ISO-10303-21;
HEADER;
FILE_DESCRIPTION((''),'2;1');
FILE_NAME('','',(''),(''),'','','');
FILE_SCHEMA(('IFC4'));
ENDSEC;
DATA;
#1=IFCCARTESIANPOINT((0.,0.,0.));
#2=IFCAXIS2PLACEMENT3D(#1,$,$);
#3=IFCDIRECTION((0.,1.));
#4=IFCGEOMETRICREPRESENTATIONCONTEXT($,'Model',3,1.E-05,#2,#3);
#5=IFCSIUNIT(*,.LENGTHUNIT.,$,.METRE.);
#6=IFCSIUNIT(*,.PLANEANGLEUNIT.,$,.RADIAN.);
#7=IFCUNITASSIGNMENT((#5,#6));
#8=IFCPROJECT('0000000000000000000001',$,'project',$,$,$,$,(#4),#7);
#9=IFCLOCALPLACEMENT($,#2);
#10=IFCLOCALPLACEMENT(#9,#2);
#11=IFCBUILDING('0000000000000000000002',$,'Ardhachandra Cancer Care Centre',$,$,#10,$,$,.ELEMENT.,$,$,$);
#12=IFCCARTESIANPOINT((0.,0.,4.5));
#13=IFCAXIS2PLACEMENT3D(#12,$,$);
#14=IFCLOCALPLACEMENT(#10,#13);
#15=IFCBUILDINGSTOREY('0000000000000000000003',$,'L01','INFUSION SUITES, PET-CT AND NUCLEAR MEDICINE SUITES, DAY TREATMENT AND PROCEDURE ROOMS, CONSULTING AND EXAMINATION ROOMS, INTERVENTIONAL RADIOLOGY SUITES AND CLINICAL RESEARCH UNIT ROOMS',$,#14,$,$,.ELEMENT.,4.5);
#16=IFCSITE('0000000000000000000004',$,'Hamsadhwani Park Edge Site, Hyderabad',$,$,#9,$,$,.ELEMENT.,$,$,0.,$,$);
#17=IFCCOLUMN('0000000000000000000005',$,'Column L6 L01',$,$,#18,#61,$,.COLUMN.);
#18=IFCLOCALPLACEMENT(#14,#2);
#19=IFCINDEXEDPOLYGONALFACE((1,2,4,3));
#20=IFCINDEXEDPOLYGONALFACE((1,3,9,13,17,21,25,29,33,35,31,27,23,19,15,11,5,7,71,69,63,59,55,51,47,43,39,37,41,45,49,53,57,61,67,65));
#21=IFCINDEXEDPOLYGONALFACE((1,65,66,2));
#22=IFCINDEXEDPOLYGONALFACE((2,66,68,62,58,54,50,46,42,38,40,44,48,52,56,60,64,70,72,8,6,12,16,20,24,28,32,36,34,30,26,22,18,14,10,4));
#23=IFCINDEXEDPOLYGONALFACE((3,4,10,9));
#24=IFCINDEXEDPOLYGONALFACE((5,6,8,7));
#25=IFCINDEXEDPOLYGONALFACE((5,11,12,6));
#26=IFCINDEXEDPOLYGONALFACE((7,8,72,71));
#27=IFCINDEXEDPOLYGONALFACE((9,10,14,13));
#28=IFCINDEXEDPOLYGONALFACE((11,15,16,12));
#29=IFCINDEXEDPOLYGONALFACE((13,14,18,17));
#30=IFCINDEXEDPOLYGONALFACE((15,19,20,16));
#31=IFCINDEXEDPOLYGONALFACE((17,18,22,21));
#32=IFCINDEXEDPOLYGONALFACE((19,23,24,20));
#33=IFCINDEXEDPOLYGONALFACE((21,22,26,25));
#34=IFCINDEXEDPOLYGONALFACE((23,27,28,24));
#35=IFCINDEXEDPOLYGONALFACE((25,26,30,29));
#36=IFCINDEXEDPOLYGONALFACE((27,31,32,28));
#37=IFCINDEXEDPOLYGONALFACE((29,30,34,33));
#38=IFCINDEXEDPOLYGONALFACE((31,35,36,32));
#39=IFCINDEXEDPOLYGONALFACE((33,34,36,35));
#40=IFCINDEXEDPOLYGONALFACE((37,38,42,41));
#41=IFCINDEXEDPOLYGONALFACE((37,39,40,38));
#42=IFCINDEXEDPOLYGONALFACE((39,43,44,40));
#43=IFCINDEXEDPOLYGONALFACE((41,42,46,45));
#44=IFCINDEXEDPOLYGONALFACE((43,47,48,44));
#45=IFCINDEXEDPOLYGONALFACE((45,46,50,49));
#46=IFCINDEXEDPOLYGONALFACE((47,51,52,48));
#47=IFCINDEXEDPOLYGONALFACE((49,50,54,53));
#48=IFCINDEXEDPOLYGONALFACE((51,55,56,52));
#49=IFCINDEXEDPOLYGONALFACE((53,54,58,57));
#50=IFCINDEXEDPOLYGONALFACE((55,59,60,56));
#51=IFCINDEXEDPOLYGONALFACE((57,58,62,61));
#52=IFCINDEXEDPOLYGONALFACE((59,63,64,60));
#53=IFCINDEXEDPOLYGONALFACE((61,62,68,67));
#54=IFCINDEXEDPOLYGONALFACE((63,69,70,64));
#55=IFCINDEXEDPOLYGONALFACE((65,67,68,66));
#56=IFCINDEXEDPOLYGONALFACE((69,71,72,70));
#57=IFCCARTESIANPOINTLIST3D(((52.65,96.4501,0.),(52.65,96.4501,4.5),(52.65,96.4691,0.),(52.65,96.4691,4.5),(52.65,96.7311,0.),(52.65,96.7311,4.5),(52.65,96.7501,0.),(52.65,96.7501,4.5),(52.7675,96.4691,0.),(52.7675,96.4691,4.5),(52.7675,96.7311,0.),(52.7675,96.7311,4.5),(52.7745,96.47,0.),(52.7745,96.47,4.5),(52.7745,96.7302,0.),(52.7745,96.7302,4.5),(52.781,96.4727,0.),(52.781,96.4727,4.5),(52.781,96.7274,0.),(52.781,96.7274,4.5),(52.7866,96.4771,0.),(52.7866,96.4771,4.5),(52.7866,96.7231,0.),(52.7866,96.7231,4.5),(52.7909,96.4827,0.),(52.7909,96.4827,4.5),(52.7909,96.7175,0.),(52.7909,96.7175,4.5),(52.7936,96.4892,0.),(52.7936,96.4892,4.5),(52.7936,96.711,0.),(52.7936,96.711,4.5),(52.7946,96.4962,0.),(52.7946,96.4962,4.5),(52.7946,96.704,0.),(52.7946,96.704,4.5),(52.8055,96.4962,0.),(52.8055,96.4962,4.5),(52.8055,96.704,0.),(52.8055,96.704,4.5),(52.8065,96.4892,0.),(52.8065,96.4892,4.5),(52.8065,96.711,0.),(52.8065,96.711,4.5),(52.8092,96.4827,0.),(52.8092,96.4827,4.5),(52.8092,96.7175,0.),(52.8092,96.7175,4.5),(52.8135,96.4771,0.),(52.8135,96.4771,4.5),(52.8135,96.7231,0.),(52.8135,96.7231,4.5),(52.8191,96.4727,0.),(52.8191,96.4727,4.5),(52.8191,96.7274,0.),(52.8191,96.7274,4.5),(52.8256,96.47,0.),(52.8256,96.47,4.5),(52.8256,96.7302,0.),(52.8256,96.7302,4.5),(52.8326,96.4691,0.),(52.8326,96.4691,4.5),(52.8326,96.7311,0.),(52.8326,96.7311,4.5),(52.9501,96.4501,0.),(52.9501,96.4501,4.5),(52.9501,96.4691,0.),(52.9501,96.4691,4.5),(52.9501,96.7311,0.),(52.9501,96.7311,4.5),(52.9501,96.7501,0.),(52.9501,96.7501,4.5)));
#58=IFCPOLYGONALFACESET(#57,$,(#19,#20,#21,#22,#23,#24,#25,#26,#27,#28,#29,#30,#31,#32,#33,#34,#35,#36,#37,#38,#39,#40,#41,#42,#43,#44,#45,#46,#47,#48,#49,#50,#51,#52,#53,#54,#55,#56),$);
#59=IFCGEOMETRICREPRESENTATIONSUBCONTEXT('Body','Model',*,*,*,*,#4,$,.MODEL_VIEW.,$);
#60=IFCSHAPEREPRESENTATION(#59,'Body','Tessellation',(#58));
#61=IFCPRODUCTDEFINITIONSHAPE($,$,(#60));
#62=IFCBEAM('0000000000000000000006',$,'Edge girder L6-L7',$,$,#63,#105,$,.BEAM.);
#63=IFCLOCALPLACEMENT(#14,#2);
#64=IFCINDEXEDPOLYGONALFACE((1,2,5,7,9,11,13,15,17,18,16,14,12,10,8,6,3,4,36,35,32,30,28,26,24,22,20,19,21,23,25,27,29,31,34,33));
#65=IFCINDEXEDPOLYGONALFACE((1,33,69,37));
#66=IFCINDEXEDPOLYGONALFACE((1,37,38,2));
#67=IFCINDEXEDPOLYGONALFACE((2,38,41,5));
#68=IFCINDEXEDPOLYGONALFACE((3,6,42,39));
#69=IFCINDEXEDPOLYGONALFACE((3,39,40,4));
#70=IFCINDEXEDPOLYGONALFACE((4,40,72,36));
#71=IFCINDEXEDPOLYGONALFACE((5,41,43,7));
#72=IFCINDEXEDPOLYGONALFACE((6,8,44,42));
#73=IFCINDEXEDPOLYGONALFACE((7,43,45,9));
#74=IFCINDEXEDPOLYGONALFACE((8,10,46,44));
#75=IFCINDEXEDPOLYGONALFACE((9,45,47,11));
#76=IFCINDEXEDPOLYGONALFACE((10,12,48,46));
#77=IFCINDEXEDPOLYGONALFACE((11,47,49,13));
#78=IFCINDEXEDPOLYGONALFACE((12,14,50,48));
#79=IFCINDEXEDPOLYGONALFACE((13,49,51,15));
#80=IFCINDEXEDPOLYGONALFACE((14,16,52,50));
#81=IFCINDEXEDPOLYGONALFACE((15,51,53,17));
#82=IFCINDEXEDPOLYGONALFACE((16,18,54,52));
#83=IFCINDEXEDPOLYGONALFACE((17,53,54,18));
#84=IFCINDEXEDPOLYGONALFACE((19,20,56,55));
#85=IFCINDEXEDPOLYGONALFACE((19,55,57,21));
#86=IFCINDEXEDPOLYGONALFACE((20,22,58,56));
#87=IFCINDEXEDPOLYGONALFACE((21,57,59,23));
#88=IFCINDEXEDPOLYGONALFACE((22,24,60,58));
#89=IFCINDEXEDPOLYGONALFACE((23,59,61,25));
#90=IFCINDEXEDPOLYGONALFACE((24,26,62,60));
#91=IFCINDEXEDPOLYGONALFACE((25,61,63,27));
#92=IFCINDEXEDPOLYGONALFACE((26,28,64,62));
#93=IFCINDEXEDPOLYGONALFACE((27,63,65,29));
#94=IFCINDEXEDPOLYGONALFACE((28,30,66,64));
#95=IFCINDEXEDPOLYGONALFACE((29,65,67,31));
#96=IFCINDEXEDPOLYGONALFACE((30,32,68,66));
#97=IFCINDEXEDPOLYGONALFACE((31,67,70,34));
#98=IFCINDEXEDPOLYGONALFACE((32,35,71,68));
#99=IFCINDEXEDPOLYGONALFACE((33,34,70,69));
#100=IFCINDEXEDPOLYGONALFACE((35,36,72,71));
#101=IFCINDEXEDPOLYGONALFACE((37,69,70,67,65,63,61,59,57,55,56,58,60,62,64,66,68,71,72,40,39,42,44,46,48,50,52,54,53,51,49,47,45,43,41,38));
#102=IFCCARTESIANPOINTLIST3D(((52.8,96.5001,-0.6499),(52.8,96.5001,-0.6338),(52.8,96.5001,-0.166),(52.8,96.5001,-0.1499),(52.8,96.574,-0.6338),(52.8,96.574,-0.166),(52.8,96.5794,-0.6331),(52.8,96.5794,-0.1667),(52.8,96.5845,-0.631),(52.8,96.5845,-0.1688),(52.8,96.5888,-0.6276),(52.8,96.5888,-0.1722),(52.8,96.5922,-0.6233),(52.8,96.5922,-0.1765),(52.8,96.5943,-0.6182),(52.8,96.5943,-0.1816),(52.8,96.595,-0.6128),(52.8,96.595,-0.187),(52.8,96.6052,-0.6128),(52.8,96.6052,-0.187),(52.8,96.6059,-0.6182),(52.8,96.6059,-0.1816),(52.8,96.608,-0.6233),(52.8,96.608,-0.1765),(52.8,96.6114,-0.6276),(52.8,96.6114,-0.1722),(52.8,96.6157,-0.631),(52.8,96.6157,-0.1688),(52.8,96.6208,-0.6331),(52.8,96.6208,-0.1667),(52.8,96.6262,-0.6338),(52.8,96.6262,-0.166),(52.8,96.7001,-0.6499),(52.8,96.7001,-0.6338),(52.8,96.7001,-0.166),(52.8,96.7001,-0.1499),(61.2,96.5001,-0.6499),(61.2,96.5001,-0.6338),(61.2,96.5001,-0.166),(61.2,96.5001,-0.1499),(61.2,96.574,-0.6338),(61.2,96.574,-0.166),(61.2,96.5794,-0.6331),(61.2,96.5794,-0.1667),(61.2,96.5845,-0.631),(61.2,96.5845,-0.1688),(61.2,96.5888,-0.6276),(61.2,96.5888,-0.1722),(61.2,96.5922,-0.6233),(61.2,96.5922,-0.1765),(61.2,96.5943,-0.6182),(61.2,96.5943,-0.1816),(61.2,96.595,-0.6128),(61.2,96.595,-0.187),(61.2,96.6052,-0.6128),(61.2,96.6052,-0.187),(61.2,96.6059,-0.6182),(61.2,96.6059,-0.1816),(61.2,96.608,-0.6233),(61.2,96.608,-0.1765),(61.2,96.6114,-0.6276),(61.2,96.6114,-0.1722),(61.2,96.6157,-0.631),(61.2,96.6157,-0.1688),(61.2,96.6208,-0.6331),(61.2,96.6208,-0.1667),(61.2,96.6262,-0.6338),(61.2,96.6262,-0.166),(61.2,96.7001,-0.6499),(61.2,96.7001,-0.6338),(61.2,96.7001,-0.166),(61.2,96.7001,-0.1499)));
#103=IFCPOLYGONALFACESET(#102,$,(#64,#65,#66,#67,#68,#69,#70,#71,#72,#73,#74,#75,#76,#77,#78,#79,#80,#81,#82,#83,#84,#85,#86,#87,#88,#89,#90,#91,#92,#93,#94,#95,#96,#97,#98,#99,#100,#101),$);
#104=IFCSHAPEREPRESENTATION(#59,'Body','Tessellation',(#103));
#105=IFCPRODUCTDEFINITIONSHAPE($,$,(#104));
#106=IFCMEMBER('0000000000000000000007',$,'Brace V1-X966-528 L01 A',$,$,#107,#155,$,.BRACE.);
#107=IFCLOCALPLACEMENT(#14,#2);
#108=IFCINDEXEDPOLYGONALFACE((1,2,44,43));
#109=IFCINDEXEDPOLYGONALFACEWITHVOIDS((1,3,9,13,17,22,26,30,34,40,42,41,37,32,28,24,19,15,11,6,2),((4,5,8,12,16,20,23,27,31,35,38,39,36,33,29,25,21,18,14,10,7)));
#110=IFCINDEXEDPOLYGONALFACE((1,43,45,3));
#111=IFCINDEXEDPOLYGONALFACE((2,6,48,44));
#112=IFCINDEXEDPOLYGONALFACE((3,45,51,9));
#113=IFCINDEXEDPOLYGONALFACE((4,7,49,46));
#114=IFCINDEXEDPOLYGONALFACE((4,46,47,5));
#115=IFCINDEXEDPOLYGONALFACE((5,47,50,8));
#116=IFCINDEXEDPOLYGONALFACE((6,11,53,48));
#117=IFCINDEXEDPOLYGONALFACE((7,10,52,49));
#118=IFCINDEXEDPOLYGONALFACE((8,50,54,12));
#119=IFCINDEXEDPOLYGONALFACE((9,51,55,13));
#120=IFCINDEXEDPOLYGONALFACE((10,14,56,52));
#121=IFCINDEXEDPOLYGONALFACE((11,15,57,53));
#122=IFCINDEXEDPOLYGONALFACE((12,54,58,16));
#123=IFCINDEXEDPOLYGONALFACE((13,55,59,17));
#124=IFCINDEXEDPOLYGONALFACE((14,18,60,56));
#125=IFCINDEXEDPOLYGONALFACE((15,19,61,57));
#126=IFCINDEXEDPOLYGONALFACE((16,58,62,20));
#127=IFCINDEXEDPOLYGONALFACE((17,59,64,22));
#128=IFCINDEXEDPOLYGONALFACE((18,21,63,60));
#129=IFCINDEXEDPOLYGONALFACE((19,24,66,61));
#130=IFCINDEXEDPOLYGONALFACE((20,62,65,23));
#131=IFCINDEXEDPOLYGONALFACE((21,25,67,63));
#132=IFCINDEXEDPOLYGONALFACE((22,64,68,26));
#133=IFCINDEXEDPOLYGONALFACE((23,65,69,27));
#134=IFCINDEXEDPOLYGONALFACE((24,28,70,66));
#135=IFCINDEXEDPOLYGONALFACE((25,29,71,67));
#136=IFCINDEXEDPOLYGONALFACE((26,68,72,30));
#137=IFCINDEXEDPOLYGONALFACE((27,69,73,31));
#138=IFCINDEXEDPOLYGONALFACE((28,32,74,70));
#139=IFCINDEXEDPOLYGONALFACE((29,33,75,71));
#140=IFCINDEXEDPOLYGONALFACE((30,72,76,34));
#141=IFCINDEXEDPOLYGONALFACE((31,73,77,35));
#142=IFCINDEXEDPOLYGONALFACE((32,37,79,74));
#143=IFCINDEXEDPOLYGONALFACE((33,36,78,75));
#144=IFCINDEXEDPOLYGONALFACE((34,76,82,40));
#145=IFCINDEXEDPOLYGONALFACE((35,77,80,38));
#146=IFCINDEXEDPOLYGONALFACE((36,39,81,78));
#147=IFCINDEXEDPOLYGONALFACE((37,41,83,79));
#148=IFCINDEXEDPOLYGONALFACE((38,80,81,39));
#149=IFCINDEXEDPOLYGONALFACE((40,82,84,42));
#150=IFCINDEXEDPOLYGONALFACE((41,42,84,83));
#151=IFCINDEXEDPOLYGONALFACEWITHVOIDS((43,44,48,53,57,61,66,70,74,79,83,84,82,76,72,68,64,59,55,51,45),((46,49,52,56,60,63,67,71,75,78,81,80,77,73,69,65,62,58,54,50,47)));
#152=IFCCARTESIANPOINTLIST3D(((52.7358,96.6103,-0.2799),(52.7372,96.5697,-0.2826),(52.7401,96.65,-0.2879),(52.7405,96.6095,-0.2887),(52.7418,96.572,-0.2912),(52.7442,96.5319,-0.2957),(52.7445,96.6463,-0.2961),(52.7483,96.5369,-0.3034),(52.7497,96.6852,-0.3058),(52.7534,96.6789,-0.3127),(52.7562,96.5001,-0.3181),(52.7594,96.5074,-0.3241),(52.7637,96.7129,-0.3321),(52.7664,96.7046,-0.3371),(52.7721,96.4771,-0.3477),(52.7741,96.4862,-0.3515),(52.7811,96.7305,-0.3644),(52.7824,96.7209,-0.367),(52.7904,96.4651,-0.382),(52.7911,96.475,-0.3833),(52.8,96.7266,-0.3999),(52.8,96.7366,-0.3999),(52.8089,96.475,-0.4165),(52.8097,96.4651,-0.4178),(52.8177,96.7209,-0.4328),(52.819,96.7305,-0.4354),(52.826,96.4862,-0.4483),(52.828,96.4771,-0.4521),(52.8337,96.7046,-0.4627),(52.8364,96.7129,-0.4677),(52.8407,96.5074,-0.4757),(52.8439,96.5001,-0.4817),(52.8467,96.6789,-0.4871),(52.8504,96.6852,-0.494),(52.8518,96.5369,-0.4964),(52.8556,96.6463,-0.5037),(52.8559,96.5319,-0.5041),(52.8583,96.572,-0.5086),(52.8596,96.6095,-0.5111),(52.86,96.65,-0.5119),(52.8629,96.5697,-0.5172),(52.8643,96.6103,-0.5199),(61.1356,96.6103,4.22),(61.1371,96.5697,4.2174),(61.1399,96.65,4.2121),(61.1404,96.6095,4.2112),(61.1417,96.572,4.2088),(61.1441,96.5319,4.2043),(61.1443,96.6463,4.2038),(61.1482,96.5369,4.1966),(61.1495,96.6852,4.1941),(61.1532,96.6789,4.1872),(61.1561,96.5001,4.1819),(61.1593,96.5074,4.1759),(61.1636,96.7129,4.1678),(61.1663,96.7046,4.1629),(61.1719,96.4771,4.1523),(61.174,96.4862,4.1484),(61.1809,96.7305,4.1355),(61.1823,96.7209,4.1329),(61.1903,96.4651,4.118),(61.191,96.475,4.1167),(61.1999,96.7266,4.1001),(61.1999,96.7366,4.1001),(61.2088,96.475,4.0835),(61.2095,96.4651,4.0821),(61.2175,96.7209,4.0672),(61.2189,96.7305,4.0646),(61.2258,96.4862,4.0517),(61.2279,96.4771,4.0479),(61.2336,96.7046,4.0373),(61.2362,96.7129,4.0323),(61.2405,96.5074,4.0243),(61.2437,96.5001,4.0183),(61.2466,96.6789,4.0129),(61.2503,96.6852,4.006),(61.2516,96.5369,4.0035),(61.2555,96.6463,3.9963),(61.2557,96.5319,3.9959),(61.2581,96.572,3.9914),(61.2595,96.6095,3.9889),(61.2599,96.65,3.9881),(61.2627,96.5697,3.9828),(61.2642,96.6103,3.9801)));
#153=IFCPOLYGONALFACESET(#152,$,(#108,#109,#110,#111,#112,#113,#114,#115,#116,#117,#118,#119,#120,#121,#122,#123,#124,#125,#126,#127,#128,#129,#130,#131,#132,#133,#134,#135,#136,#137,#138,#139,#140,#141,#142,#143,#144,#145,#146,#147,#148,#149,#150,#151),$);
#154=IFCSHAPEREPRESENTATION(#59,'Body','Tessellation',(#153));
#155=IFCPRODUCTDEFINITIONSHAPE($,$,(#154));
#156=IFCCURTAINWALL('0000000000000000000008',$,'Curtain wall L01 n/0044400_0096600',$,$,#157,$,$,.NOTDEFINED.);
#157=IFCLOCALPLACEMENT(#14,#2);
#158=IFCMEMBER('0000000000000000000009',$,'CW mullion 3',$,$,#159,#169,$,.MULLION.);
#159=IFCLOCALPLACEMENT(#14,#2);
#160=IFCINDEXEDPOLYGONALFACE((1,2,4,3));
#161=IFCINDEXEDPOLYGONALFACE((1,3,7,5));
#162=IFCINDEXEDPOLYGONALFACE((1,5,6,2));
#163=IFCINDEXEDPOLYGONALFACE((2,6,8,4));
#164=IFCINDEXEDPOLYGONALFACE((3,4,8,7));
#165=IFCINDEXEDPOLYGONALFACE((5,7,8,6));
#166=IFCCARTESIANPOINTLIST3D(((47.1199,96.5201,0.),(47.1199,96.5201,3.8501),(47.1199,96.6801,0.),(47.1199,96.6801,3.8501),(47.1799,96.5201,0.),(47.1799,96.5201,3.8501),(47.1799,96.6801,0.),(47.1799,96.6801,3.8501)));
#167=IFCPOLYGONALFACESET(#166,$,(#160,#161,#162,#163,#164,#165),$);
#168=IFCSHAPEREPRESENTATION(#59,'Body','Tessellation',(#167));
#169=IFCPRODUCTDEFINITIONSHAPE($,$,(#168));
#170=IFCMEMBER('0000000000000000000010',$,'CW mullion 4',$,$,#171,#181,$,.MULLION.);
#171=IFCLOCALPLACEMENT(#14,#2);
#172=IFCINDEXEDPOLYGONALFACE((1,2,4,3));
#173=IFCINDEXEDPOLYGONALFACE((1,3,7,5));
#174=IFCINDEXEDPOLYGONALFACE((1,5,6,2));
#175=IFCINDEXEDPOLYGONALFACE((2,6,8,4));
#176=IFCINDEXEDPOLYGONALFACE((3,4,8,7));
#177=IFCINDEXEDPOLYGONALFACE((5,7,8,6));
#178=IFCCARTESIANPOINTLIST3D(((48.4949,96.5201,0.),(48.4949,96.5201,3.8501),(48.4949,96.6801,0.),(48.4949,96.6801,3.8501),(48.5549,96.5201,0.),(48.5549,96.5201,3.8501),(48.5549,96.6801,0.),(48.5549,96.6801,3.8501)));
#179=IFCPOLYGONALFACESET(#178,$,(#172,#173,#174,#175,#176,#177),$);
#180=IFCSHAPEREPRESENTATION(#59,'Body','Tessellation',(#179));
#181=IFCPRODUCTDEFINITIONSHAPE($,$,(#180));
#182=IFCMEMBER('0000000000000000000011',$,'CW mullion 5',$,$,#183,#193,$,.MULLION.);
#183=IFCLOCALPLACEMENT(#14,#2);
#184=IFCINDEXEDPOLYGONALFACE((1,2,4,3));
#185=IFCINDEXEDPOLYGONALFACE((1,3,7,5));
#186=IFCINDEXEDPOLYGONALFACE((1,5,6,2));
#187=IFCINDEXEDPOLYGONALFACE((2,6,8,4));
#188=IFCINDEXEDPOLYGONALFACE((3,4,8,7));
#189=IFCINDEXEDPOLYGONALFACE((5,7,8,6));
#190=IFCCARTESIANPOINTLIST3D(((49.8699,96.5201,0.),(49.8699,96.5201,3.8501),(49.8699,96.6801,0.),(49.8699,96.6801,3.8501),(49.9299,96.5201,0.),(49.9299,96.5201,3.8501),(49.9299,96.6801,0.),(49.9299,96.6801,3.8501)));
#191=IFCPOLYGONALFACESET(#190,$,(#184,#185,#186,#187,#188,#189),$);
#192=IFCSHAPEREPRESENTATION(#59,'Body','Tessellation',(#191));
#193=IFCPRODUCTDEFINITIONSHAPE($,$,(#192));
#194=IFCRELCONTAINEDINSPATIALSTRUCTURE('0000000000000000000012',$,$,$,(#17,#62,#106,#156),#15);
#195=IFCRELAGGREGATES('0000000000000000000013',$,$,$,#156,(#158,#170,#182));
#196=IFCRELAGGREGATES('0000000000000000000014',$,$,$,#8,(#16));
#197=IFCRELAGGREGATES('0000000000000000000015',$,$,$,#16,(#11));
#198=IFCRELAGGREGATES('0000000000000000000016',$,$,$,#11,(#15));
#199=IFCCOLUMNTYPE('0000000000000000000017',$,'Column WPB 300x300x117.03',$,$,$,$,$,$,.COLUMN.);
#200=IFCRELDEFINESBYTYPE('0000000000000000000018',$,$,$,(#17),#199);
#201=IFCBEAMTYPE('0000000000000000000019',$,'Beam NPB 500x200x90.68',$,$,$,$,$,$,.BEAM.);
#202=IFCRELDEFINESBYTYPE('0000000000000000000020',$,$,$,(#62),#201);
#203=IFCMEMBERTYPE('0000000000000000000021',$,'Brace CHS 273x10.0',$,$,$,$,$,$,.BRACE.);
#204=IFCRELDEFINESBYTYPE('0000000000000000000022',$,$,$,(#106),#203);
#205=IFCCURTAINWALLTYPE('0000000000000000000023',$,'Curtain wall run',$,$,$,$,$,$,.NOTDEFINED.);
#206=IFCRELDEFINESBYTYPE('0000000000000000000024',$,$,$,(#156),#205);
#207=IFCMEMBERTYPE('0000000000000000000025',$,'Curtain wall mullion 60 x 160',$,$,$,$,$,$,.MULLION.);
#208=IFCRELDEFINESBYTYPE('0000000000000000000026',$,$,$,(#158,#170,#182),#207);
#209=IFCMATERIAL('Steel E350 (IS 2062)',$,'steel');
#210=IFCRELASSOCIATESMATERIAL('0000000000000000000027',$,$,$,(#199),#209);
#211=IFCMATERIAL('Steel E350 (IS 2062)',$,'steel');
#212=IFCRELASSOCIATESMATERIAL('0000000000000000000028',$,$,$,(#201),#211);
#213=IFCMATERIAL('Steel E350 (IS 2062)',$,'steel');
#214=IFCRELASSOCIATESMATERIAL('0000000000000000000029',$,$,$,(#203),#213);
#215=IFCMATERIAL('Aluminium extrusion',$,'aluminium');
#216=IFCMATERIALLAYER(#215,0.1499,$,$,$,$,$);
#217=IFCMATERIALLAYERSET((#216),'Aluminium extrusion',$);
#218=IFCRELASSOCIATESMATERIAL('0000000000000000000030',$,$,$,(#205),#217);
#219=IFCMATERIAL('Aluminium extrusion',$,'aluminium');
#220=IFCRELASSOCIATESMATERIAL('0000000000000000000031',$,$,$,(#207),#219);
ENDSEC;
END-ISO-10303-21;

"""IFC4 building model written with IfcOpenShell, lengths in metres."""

from ifc_helpers import new_model, si_unit, direction, frame, origin, origin_2d, place, context, subcontext, project, spatial, rectangle, hollow_circle, i_section, extrude, material, layer, layer_set, material_profile, profile_set, type_object, element, aggregate, save


model = new_model("IFC4")

# Units and contexts
model_context = context("Model", 3, precision=1e-05, world=origin(), true_north=direction((0.0, 1.0)))
body_context = subcontext(model_context, "Body", "Model", "MODEL_VIEW")
ifc_project = project(units=[si_unit("LENGTHUNIT", "METRE"), si_unit("PLANEANGLEUNIT", "RADIAN")], contexts=[model_context])

# Site, building, storey
site_placement = place(None, origin())
site = spatial("IfcSite", under=ifc_project, at=site_placement, Name="Hamsadhwani Park Edge Site, Hyderabad", CompositionType="ELEMENT", RefElevation=0.0)
building_placement = place(site_placement, origin())
building = spatial("IfcBuilding", under=site, at=building_placement, Name="Ardhachandra Cancer Care Centre", CompositionType="ELEMENT")
storey_placement = place(building_placement, frame((0.0, 0.0, 4.5)))
storey = spatial("IfcBuildingStorey", under=building, at=storey_placement, Name="L01", Description="INFUSION SUITES, PET-CT AND NUCLEAR MEDICINE SUITES, DAY TREATMENT AND PROCEDURE ROOMS, CONSULTING AND EXAMINATION ROOMS, INTERVENTIONAL RADIOLOGY SUITES AND CLINICAL RESEARCH UNIT ROOMS", CompositionType="ELEMENT", Elevation=4.5)

# Column
ifc_material_1 = material(Name="Steel E350 (IS 2062)", Category="steel")
ifc_material_profile_1 = material_profile(ifc_material_1, i_section(OverallWidth=0.3, OverallDepth=0.3, WebThickness=0.011, FlangeThickness=0.019, FilletRadius=0.0271, at=origin_2d()), Name="WPB 300x300x117.03")
ifc_profile_set_1 = profile_set([ifc_material_profile_1], Name="Steel E350 (IS 2062)")
column_type = type_object("IfcColumnType", Name="Column WPB 300x300x117.03", PredefinedType="COLUMN", material=ifc_profile_set_1)
column_placement = place(storey_placement, frame((52.8, 96.6001, 0.0), z_axis=(0.0, 0.0, 1.0), x_axis=(1.0, 0.0, 0.0)))
element("IfcColumn", 1, at=column_placement, inside=storey, type_object=column_type, Name="Column L6 L01", PredefinedType="COLUMN", context=body_context, shape_type="SweptSolid", body=[
    extrude(i_section(OverallWidth=0.3, OverallDepth=0.3, WebThickness=0.011, FlangeThickness=0.019, FilletRadius=0.0271, at=origin_2d()), origin(), (0.0, 0.0, 1.0), 4.5),
])

# Beam
ifc_material_2 = material(Name="Steel E350 (IS 2062)", Category="steel")
ifc_material_profile_2 = material_profile(ifc_material_2, i_section(OverallWidth=0.2, OverallDepth=0.5, WebThickness=0.0103, FlangeThickness=0.0161, FilletRadius=0.021, at=origin_2d()), Name="NPB 500x200x90.68")
ifc_profile_set_2 = profile_set([ifc_material_profile_2], Name="Steel E350 (IS 2062)")
beam_type = type_object("IfcBeamType", Name="Beam NPB 500x200x90.68", PredefinedType="BEAM", material=ifc_profile_set_2)
beam_placement = place(storey_placement, frame((52.8, 96.6001, -0.3999), z_axis=(1.0, 0.0, 0.0), x_axis=(0.0, 1.0, 0.0)))
element("IfcBeam", 2, at=beam_placement, inside=storey, type_object=beam_type, Name="Edge girder L6-L7", PredefinedType="BEAM", context=body_context, shape_type="SweptSolid", body=[
    extrude(i_section(OverallWidth=0.2, OverallDepth=0.5, WebThickness=0.0103, FlangeThickness=0.0161, FilletRadius=0.021, at=origin_2d()), origin(), (0.0, 0.0, 1.0), 8.3999),
])

# Member
ifc_material_3 = material(Name="Steel E350 (IS 2062)", Category="steel")
ifc_material_profile_3 = material_profile(ifc_material_3, hollow_circle(Radius=0.1365, WallThickness=0.01, at=origin_2d()), Name="CHS 273x10.0")
ifc_profile_set_3 = profile_set([ifc_material_profile_3], Name="Steel E350 (IS 2062)")
member_type_1 = type_object("IfcMemberType", Name="Brace CHS 273x10.0", PredefinedType="BRACE", material=ifc_profile_set_3)
member_1_placement = place(storey_placement, frame((52.8, 96.6001, -0.3999), z_axis=(0.881478, 0.0, 0.472226), x_axis=(0.0, 1.0, 0.0)))
element("IfcMember", 3, at=member_1_placement, inside=storey, type_object=member_type_1, Name="Brace V1-X966-528 L01 A", PredefinedType="BRACE", context=body_context, shape_type="SweptSolid", body=[
    extrude(hollow_circle(Radius=0.1365, WallThickness=0.01, at=origin_2d()), origin(), (0.0, 0.0, 1.0), 9.5293),
])

# Curtain wall, members
ifc_material_4 = material(Name="Aluminium extrusion", Category="aluminium")
ifc_layer_1 = layer(ifc_material_4, 0.1499)
ifc_layer_set_1 = layer_set([ifc_layer_1], Name="Aluminium extrusion")
curtain_wall_type = type_object("IfcCurtainWallType", Name="Curtain wall run", PredefinedType="NOTDEFINED", material=ifc_layer_set_1)
curtain_wall_placement = place(storey_placement, origin())
curtain_wall = element("IfcCurtainWall", 4, at=curtain_wall_placement, inside=storey, type_object=curtain_wall_type, Name="Curtain wall L01 n/0044400_0096600", PredefinedType="NOTDEFINED")
ifc_material_5 = material(Name="Aluminium extrusion", Category="aluminium")
ifc_material_profile_4 = material_profile(ifc_material_5, rectangle(XDim=0.1599, YDim=0.0601, at=origin_2d()), Name="Curtain wall mullion 60 x 160")
ifc_profile_set_4 = profile_set([ifc_material_profile_4], Name="Aluminium extrusion")
member_type_2 = type_object("IfcMemberType", Name="Curtain wall mullion 60 x 160", PredefinedType="MULLION", material=ifc_profile_set_4)
member_2_placement = place(storey_placement, frame((47.1499, 96.6001, 0.0), z_axis=(0.0, 0.0, 1.0), x_axis=(0.0, 1.0, 0.0)))
member_2 = element("IfcMember", 5, at=member_2_placement, type_object=member_type_2, Name="CW mullion 3", PredefinedType="MULLION", context=body_context, shape_type="SweptSolid", body=[
    extrude(rectangle(XDim=0.1599, YDim=0.0601, at=origin_2d()), origin(), (0.0, 0.0, 1.0), 3.8501),
])
member_3_placement = place(storey_placement, frame((48.5249, 96.6001, 0.0), z_axis=(0.0, 0.0, 1.0), x_axis=(0.0, 1.0, 0.0)))
member_3 = element("IfcMember", 6, at=member_3_placement, type_object=member_type_2, Name="CW mullion 4", PredefinedType="MULLION", context=body_context, shape_type="SweptSolid", body=[
    extrude(rectangle(XDim=0.1599, YDim=0.0601, at=origin_2d()), origin(), (0.0, 0.0, 1.0), 3.8501),
])
member_4_placement = place(storey_placement, frame((49.8999, 96.6001, 0.0), z_axis=(0.0, 0.0, 1.0), x_axis=(0.0, 1.0, 0.0)))
member_4 = element("IfcMember", 7, at=member_4_placement, type_object=member_type_2, Name="CW mullion 5", PredefinedType="MULLION", context=body_context, shape_type="SweptSolid", body=[
    extrude(rectangle(XDim=0.1599, YDim=0.0601, at=origin_2d()), origin(), (0.0, 0.0, 1.0), 3.8501),
])
aggregate(curtain_wall, [member_2, member_3, member_4])

save(model, "model.ifc")
